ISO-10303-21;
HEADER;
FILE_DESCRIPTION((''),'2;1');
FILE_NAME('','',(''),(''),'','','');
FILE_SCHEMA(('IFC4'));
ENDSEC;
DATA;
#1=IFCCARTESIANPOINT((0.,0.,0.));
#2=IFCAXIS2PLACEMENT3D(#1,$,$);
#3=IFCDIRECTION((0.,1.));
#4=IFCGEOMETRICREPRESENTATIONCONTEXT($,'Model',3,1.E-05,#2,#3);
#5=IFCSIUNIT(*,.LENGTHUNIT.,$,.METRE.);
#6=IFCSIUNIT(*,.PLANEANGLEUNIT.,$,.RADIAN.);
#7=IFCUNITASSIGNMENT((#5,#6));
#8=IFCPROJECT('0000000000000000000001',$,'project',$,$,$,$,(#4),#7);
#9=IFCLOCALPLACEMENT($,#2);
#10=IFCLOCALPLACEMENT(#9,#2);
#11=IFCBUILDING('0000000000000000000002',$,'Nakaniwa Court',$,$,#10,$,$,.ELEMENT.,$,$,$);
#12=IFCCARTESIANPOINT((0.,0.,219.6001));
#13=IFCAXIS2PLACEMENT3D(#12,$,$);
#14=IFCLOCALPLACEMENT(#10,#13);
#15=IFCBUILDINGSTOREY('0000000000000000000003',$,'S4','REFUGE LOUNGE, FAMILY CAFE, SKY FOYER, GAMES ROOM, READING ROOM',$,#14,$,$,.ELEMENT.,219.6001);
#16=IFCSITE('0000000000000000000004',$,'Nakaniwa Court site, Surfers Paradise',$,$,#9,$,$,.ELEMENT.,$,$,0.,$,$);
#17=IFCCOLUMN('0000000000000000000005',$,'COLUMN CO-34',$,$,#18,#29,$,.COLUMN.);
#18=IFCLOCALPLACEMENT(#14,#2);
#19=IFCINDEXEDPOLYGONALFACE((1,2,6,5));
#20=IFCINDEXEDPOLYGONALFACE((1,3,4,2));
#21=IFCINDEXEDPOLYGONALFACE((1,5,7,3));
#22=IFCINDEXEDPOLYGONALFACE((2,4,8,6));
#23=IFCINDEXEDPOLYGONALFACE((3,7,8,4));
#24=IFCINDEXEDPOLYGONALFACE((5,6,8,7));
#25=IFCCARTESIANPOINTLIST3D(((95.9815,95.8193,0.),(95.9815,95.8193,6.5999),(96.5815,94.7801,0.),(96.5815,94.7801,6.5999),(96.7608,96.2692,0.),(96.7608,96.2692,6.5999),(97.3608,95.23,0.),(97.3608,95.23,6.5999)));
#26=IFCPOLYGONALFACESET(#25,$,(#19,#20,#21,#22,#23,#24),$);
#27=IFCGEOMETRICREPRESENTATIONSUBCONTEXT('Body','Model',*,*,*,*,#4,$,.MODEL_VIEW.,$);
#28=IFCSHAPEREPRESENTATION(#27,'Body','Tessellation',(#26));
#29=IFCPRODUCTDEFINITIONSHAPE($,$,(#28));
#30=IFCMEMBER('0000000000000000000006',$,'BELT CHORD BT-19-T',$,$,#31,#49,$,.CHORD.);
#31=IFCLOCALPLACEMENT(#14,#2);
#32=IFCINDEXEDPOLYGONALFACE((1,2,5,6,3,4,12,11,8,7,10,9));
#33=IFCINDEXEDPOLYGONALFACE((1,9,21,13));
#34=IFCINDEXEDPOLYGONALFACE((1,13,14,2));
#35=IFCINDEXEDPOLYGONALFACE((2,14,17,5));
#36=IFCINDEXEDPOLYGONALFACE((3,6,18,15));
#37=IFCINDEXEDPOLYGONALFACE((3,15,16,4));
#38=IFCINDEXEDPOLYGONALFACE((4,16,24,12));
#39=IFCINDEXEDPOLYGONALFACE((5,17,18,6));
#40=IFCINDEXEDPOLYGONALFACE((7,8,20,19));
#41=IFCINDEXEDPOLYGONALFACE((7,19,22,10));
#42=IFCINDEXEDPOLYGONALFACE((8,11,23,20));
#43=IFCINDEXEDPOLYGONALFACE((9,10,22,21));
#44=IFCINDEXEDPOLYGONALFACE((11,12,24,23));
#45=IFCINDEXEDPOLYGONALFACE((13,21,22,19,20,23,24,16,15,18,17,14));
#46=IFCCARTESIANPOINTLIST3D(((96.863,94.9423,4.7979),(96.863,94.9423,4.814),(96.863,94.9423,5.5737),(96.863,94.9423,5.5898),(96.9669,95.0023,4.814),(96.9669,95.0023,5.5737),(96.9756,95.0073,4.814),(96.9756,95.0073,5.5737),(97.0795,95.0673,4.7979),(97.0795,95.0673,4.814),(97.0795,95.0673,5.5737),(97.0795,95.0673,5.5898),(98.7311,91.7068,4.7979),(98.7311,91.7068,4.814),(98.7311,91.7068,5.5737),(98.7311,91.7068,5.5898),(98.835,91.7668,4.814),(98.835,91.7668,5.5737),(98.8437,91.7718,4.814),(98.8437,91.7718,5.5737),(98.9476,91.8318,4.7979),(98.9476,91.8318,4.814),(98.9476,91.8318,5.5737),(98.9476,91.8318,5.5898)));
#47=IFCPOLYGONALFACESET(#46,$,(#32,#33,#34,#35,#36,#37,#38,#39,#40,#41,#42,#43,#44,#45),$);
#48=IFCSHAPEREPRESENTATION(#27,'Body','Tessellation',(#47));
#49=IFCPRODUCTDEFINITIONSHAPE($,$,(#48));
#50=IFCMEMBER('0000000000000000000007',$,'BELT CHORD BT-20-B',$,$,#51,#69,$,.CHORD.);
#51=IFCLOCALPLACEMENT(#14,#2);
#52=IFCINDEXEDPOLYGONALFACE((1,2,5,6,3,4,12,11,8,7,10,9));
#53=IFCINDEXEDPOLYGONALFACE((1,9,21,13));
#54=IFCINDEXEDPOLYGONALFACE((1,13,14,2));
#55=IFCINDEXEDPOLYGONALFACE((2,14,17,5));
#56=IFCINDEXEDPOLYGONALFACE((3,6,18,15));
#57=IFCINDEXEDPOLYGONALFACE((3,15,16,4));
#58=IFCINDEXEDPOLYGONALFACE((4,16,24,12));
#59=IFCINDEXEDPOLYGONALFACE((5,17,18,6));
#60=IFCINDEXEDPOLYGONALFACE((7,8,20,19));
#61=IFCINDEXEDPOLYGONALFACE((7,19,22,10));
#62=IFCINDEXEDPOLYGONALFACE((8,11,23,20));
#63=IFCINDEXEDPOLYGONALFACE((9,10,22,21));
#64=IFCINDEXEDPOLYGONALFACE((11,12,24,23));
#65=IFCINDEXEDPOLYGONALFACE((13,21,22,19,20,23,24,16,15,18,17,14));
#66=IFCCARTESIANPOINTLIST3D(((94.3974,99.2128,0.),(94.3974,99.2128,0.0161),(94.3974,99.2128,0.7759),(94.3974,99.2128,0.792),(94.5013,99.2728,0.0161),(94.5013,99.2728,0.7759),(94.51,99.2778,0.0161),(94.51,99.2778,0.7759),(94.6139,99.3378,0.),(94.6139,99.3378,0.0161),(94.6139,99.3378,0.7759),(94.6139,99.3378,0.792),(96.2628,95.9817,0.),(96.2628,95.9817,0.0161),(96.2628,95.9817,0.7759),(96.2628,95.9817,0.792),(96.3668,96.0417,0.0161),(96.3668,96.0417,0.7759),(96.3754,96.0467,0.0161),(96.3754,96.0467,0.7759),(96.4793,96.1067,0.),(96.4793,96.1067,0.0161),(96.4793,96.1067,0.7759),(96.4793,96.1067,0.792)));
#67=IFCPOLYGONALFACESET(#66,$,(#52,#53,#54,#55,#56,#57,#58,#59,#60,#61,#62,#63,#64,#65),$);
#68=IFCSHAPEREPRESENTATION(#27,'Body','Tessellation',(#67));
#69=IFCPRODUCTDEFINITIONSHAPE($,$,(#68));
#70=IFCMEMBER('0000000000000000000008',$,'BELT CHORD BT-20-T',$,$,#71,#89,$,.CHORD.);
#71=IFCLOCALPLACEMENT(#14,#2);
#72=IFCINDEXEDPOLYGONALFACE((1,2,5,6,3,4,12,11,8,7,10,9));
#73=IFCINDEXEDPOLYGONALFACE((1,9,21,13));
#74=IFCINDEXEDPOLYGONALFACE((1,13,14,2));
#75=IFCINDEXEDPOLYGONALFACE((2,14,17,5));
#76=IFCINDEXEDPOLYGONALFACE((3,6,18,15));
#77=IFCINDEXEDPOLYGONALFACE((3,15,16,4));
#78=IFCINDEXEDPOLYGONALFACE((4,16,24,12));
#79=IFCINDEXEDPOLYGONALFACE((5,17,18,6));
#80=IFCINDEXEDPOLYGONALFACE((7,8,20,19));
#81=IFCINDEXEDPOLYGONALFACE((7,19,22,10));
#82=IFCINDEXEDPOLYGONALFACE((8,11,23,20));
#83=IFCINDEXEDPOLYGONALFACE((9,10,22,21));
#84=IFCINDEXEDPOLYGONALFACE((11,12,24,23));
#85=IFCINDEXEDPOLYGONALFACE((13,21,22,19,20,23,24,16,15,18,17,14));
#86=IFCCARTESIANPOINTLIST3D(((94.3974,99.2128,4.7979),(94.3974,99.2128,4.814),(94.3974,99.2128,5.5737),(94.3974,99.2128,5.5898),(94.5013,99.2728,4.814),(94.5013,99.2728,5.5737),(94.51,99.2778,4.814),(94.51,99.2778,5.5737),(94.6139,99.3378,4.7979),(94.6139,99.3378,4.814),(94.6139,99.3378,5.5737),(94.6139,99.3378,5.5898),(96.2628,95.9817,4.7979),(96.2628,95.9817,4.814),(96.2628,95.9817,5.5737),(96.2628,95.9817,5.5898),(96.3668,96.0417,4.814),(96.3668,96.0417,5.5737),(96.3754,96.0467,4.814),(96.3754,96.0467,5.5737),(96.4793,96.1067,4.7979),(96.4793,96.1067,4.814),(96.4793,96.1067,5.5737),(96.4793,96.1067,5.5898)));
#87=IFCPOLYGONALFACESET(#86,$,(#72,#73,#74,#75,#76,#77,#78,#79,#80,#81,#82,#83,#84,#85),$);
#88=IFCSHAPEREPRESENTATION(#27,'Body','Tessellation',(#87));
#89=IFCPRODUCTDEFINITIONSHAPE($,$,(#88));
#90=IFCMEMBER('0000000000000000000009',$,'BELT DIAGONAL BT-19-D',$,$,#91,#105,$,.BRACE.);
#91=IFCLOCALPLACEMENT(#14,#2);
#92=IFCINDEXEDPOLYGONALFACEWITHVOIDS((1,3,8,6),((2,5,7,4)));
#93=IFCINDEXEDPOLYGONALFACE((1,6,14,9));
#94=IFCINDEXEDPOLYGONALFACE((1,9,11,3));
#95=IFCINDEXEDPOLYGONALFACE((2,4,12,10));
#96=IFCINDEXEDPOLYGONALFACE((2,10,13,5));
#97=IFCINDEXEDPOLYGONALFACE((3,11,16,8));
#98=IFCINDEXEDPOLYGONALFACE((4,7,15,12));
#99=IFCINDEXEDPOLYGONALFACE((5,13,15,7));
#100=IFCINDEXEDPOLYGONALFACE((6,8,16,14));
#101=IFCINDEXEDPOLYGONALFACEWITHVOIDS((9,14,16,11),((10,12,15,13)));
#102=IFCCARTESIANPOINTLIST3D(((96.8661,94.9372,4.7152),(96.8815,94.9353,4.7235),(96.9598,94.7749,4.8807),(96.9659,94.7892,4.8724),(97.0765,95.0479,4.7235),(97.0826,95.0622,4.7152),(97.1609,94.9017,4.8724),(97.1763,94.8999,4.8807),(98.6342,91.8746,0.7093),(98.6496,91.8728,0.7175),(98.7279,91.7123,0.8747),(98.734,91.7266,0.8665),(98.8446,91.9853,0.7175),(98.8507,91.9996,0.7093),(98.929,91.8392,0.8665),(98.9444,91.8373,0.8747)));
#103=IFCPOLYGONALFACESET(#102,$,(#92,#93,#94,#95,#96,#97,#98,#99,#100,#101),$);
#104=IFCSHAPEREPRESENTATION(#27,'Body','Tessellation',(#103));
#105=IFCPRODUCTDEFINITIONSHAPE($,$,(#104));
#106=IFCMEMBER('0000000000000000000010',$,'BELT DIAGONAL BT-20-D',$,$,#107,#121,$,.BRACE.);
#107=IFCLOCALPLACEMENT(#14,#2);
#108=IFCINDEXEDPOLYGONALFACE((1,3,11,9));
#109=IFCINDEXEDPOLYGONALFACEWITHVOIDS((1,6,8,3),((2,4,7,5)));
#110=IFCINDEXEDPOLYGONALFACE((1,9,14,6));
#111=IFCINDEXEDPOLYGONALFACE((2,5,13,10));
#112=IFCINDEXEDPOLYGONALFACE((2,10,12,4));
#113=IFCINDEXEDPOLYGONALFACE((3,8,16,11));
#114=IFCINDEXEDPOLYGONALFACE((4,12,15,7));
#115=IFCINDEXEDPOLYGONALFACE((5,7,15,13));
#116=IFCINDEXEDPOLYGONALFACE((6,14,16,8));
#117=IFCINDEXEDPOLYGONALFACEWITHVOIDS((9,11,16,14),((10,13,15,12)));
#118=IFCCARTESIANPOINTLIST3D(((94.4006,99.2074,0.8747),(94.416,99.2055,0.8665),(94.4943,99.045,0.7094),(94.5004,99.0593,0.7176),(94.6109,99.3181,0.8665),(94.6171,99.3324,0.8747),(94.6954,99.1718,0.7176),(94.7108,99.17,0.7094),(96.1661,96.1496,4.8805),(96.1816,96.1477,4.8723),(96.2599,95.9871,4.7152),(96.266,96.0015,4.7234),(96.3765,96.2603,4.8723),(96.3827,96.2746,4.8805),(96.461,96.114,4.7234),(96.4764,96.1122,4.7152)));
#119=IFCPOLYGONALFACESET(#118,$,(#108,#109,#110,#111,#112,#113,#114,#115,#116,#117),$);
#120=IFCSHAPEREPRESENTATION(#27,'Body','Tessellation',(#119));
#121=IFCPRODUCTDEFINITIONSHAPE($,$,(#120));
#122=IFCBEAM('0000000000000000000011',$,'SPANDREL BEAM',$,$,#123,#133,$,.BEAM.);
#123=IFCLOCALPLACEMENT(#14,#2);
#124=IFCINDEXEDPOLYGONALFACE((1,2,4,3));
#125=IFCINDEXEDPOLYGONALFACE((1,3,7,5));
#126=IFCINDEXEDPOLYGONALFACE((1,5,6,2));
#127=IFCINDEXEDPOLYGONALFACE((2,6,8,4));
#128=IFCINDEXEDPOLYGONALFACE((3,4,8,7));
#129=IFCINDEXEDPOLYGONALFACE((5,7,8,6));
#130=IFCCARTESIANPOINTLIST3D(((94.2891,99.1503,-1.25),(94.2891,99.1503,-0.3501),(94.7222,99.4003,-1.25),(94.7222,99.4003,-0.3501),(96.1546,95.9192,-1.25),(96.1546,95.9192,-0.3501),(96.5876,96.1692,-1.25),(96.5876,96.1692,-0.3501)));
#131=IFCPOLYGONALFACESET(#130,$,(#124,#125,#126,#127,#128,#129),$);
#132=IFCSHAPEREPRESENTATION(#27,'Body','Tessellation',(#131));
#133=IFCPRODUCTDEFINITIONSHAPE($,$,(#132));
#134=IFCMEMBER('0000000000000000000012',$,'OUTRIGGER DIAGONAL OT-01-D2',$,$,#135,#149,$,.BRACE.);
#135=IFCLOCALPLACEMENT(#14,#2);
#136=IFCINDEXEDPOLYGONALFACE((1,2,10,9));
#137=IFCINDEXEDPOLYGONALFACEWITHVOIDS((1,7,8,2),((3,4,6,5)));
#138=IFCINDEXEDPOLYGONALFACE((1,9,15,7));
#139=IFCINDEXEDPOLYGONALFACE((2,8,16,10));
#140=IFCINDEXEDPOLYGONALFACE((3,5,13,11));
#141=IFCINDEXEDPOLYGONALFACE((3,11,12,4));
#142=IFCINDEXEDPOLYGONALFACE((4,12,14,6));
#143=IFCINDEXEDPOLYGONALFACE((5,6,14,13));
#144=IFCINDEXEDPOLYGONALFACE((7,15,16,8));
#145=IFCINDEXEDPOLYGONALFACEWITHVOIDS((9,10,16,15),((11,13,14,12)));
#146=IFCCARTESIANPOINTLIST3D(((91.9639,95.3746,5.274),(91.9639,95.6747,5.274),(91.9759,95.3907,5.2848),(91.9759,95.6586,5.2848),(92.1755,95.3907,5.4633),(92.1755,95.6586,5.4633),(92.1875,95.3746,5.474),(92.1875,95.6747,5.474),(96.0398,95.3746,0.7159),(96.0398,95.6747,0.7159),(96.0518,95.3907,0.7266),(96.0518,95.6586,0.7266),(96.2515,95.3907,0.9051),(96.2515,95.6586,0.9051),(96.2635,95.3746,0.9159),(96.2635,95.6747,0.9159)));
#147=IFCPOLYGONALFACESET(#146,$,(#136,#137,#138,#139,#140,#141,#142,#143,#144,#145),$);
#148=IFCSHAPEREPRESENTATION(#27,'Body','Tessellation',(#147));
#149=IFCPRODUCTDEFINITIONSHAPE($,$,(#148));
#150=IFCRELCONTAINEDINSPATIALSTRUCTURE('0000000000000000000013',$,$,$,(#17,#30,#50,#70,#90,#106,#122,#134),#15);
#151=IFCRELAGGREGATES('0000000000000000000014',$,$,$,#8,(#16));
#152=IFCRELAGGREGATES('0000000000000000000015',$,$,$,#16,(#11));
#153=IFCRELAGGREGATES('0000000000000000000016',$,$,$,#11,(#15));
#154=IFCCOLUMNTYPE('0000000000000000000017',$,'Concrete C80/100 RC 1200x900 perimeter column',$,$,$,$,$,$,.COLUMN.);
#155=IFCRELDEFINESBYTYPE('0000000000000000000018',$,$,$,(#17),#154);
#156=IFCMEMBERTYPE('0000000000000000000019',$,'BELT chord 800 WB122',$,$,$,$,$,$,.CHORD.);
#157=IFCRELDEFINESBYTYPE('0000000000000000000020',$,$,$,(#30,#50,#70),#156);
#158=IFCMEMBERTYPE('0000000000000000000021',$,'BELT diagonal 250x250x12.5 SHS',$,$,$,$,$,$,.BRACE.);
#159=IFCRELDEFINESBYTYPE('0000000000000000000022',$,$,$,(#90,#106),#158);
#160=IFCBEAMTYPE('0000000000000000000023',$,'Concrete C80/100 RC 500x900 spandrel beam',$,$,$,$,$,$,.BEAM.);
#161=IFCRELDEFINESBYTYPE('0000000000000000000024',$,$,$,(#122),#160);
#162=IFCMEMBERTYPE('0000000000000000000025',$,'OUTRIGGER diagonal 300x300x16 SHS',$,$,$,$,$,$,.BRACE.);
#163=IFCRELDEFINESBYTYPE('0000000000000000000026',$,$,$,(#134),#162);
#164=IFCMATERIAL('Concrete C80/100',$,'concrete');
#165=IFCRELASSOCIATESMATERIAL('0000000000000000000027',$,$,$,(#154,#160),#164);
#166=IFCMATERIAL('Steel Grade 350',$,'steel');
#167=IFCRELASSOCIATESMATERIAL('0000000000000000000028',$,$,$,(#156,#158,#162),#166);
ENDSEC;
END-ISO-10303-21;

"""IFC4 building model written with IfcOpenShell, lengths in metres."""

from ifc_helpers import new_model, si_unit, direction, frame, origin, origin_2d, place, context, subcontext, project, spatial, rectangle, hollow_rectangle, i_section, extrude, material, material_profile, profile_set, type_object, element, save


model = new_model("IFC4")

# Units and contexts
model_context = context("Model", 3, precision=1e-05, world=origin(), true_north=direction((0.0, 1.0)))
body_context = subcontext(model_context, "Body", "Model", "MODEL_VIEW")
ifc_project = project(units=[si_unit("LENGTHUNIT", "METRE"), si_unit("PLANEANGLEUNIT", "RADIAN")], contexts=[model_context])

# Site, building, storey
site_placement = place(None, origin())
site = spatial("IfcSite", under=ifc_project, at=site_placement, Name="Nakaniwa Court site, Surfers Paradise", CompositionType="ELEMENT", RefElevation=0.0)
building_placement = place(site_placement, origin())
building = spatial("IfcBuilding", under=site, at=building_placement, Name="Nakaniwa Court", CompositionType="ELEMENT")
storey_placement = place(building_placement, frame((0.0, 0.0, 219.6001)))
storey = spatial("IfcBuildingStorey", under=building, at=storey_placement, Name="S4", Description="REFUGE LOUNGE, FAMILY CAFE, SKY FOYER, GAMES ROOM, READING ROOM", CompositionType="ELEMENT", Elevation=219.6001)

# Column
ifc_material_1 = material(Name="Concrete C80/100", Category="concrete")
ifc_material_profile_1 = material_profile(ifc_material_1, rectangle(XDim=1.2, YDim=0.8999, at=origin_2d()), Name="Concrete C80/100 RC 1200x900 perimeter column")
ifc_profile_set_1 = profile_set([ifc_material_profile_1], Name="Concrete C80/100")
column_type = type_object("IfcColumnType", Name="Concrete C80/100 RC 1200x900 perimeter column", PredefinedType="COLUMN", material=ifc_profile_set_1)
column_placement = place(storey_placement, frame((96.6711, 95.5247, 0.0), z_axis=(0.0, 0.0, 1.0), x_axis=(-0.5, 0.866025, 0.0)))
element("IfcColumn", 1, at=column_placement, inside=storey, type_object=column_type, Name="COLUMN CO-34", PredefinedType="COLUMN", context=body_context, shape_type="SweptSolid", body=[
    extrude(rectangle(XDim=1.2, YDim=0.8999, at=origin_2d()), origin(), (0.0, 0.0, 1.0), 6.5999),
])

# Members
ifc_material_2 = material(Name="Steel Grade 350", Category="steel")
ifc_material_profile_2 = material_profile(ifc_material_2, i_section(OverallWidth=0.25, OverallDepth=0.792, WebThickness=0.01, FlangeThickness=0.0161, at=origin_2d()), Name="800WB122")
ifc_profile_set_2 = profile_set([ifc_material_profile_2], Name="Steel Grade 350")
member_type_1 = type_object("IfcMemberType", Name="BELT chord 800 WB122", PredefinedType="CHORD", material=ifc_profile_set_2)
member_1_placement = place(storey_placement, frame((98.8394, 91.7693, 5.1938), z_axis=(-0.500018, 0.866015, 0.0), x_axis=(-0.866015, -0.500018, 0.0)))
element("IfcMember", 2, at=member_1_placement, inside=storey, type_object=member_type_1, Name="BELT CHORD BT-19-T", PredefinedType="CHORD", context=body_context, shape_type="SweptSolid", body=[
    extrude(i_section(OverallWidth=0.25, OverallDepth=0.792, WebThickness=0.01, FlangeThickness=0.0161, at=origin_2d()), origin(), (0.0, 0.0, 1.0), 3.7361),
])
for number, where, z_axis, x_axis, name in (
    (3, (96.3711, 96.0442, 0.396), (-0.499989, 0.866032, 0.0), (-0.866032, -0.499989, 0.0), "BELT CHORD BT-20-B"),
    (4, (96.3711, 96.0442, 5.1938), (-0.499989, 0.866032, 0.0), (-0.866032, -0.499989, 0.0), "BELT CHORD BT-20-T"),
):
    element("IfcMember", number, at=place(storey_placement, frame(where, z_axis=z_axis, x_axis=x_axis)), inside=storey, type_object=member_type_1, Name=name, PredefinedType="CHORD", context=body_context, shape_type="SweptSolid", body=[
        extrude(i_section(OverallWidth=0.25, OverallDepth=0.792, WebThickness=0.01, FlangeThickness=0.0161, at=origin_2d()), origin(), (0.0, 0.0, 1.0), 3.731),
    ])
ifc_material_profile_3 = material_profile(ifc_material_2, hollow_rectangle(XDim=0.25, YDim=0.25, WallThickness=0.0125, at=origin_2d()), Name="BELT diagonal 250x250x12.5 SHS")
ifc_profile_set_3 = profile_set([ifc_material_profile_3], Name="Steel Grade 350")
member_type_2 = type_object("IfcMemberType", Name="BELT diagonal 250x250x12.5 SHS", PredefinedType="BRACE", material=ifc_profile_set_3)
member_2_placement = place(storey_placement, frame((98.7893, 91.856, 0.792), z_axis=(-0.330888, 0.573137, 0.749684), x_axis=(-0.866034, -0.499985, 0.0)))
element("IfcMember", 5, at=member_2_placement, inside=storey, type_object=member_type_2, Name="BELT DIAGONAL BT-19-D", PredefinedType="BRACE", context=body_context, shape_type="SweptSolid", body=[
    extrude(hollow_rectangle(XDim=0.25, YDim=0.25, WallThickness=0.0125, at=origin_2d()), origin(), (0.0, 0.0, 1.0), 5.3435),
])
member_3_placement = place(storey_placement, frame((96.3213, 96.1309, 4.7979), z_axis=(-0.330646, 0.572641, -0.750171), x_axis=(-0.866005, -0.500036, 0.0)))
element("IfcMember", 6, at=member_3_placement, inside=storey, type_object=member_type_2, Name="BELT DIAGONAL BT-20-D", PredefinedType="BRACE", context=body_context, shape_type="SweptSolid", body=[
    extrude(hollow_rectangle(XDim=0.25, YDim=0.25, WallThickness=0.0125, at=origin_2d()), origin(), (0.0, 0.0, 1.0), 5.3398),
])

# Beam
ifc_material_profile_4 = material_profile(ifc_material_1, rectangle(XDim=0.5, YDim=0.8999, at=origin_2d()), Name="Concrete C80/100 RC 500x900 spandrel beam")
ifc_profile_set_4 = profile_set([ifc_material_profile_4], Name="Concrete C80/100")
beam_type = type_object("IfcBeamType", Name="Concrete C80/100 RC 500x900 spandrel beam", PredefinedType="BEAM", material=ifc_profile_set_4)
beam_placement = place(storey_placement, frame((96.3711, 96.0442, -0.8), z_axis=(-0.499989, 0.866032, 0.0), x_axis=(-0.866032, -0.499989, 0.0)))
element("IfcBeam", 7, at=beam_placement, inside=storey, type_object=beam_type, Name="SPANDREL BEAM", PredefinedType="BEAM", context=body_context, shape_type="SweptSolid", body=[
    extrude(rectangle(XDim=0.5, YDim=0.8999, at=origin_2d()), origin(), (0.0, 0.0, 1.0), 3.731),
])

# Member
ifc_material_profile_5 = material_profile(ifc_material_2, hollow_rectangle(XDim=0.3, YDim=0.3, WallThickness=0.0161, at=origin_2d()), Name="OUTRIGGER diagonal 300x300x16 SHS")
ifc_profile_set_5 = profile_set([ifc_material_profile_5], Name="Steel Grade 350")
member_type_3 = type_object("IfcMemberType", Name="OUTRIGGER diagonal 300x300x16 SHS", PredefinedType="BRACE", material=ifc_profile_set_5)
member_4_placement = place(storey_placement, frame((92.0757, 95.5247, 5.374), z_axis=(0.666579, 0.0, -0.745434), x_axis=(0.0, 1.0, 0.0)))
element("IfcMember", 8, at=member_4_placement, inside=storey, type_object=member_type_3, Name="OUTRIGGER DIAGONAL OT-01-D2", PredefinedType="BRACE", context=body_context, shape_type="SweptSolid", body=[
    extrude(hollow_rectangle(XDim=0.3, YDim=0.3, WallThickness=0.0161, at=origin_2d()), origin(), (0.0, 0.0, 1.0), 6.1147),
])

save(model, "model.ifc")
